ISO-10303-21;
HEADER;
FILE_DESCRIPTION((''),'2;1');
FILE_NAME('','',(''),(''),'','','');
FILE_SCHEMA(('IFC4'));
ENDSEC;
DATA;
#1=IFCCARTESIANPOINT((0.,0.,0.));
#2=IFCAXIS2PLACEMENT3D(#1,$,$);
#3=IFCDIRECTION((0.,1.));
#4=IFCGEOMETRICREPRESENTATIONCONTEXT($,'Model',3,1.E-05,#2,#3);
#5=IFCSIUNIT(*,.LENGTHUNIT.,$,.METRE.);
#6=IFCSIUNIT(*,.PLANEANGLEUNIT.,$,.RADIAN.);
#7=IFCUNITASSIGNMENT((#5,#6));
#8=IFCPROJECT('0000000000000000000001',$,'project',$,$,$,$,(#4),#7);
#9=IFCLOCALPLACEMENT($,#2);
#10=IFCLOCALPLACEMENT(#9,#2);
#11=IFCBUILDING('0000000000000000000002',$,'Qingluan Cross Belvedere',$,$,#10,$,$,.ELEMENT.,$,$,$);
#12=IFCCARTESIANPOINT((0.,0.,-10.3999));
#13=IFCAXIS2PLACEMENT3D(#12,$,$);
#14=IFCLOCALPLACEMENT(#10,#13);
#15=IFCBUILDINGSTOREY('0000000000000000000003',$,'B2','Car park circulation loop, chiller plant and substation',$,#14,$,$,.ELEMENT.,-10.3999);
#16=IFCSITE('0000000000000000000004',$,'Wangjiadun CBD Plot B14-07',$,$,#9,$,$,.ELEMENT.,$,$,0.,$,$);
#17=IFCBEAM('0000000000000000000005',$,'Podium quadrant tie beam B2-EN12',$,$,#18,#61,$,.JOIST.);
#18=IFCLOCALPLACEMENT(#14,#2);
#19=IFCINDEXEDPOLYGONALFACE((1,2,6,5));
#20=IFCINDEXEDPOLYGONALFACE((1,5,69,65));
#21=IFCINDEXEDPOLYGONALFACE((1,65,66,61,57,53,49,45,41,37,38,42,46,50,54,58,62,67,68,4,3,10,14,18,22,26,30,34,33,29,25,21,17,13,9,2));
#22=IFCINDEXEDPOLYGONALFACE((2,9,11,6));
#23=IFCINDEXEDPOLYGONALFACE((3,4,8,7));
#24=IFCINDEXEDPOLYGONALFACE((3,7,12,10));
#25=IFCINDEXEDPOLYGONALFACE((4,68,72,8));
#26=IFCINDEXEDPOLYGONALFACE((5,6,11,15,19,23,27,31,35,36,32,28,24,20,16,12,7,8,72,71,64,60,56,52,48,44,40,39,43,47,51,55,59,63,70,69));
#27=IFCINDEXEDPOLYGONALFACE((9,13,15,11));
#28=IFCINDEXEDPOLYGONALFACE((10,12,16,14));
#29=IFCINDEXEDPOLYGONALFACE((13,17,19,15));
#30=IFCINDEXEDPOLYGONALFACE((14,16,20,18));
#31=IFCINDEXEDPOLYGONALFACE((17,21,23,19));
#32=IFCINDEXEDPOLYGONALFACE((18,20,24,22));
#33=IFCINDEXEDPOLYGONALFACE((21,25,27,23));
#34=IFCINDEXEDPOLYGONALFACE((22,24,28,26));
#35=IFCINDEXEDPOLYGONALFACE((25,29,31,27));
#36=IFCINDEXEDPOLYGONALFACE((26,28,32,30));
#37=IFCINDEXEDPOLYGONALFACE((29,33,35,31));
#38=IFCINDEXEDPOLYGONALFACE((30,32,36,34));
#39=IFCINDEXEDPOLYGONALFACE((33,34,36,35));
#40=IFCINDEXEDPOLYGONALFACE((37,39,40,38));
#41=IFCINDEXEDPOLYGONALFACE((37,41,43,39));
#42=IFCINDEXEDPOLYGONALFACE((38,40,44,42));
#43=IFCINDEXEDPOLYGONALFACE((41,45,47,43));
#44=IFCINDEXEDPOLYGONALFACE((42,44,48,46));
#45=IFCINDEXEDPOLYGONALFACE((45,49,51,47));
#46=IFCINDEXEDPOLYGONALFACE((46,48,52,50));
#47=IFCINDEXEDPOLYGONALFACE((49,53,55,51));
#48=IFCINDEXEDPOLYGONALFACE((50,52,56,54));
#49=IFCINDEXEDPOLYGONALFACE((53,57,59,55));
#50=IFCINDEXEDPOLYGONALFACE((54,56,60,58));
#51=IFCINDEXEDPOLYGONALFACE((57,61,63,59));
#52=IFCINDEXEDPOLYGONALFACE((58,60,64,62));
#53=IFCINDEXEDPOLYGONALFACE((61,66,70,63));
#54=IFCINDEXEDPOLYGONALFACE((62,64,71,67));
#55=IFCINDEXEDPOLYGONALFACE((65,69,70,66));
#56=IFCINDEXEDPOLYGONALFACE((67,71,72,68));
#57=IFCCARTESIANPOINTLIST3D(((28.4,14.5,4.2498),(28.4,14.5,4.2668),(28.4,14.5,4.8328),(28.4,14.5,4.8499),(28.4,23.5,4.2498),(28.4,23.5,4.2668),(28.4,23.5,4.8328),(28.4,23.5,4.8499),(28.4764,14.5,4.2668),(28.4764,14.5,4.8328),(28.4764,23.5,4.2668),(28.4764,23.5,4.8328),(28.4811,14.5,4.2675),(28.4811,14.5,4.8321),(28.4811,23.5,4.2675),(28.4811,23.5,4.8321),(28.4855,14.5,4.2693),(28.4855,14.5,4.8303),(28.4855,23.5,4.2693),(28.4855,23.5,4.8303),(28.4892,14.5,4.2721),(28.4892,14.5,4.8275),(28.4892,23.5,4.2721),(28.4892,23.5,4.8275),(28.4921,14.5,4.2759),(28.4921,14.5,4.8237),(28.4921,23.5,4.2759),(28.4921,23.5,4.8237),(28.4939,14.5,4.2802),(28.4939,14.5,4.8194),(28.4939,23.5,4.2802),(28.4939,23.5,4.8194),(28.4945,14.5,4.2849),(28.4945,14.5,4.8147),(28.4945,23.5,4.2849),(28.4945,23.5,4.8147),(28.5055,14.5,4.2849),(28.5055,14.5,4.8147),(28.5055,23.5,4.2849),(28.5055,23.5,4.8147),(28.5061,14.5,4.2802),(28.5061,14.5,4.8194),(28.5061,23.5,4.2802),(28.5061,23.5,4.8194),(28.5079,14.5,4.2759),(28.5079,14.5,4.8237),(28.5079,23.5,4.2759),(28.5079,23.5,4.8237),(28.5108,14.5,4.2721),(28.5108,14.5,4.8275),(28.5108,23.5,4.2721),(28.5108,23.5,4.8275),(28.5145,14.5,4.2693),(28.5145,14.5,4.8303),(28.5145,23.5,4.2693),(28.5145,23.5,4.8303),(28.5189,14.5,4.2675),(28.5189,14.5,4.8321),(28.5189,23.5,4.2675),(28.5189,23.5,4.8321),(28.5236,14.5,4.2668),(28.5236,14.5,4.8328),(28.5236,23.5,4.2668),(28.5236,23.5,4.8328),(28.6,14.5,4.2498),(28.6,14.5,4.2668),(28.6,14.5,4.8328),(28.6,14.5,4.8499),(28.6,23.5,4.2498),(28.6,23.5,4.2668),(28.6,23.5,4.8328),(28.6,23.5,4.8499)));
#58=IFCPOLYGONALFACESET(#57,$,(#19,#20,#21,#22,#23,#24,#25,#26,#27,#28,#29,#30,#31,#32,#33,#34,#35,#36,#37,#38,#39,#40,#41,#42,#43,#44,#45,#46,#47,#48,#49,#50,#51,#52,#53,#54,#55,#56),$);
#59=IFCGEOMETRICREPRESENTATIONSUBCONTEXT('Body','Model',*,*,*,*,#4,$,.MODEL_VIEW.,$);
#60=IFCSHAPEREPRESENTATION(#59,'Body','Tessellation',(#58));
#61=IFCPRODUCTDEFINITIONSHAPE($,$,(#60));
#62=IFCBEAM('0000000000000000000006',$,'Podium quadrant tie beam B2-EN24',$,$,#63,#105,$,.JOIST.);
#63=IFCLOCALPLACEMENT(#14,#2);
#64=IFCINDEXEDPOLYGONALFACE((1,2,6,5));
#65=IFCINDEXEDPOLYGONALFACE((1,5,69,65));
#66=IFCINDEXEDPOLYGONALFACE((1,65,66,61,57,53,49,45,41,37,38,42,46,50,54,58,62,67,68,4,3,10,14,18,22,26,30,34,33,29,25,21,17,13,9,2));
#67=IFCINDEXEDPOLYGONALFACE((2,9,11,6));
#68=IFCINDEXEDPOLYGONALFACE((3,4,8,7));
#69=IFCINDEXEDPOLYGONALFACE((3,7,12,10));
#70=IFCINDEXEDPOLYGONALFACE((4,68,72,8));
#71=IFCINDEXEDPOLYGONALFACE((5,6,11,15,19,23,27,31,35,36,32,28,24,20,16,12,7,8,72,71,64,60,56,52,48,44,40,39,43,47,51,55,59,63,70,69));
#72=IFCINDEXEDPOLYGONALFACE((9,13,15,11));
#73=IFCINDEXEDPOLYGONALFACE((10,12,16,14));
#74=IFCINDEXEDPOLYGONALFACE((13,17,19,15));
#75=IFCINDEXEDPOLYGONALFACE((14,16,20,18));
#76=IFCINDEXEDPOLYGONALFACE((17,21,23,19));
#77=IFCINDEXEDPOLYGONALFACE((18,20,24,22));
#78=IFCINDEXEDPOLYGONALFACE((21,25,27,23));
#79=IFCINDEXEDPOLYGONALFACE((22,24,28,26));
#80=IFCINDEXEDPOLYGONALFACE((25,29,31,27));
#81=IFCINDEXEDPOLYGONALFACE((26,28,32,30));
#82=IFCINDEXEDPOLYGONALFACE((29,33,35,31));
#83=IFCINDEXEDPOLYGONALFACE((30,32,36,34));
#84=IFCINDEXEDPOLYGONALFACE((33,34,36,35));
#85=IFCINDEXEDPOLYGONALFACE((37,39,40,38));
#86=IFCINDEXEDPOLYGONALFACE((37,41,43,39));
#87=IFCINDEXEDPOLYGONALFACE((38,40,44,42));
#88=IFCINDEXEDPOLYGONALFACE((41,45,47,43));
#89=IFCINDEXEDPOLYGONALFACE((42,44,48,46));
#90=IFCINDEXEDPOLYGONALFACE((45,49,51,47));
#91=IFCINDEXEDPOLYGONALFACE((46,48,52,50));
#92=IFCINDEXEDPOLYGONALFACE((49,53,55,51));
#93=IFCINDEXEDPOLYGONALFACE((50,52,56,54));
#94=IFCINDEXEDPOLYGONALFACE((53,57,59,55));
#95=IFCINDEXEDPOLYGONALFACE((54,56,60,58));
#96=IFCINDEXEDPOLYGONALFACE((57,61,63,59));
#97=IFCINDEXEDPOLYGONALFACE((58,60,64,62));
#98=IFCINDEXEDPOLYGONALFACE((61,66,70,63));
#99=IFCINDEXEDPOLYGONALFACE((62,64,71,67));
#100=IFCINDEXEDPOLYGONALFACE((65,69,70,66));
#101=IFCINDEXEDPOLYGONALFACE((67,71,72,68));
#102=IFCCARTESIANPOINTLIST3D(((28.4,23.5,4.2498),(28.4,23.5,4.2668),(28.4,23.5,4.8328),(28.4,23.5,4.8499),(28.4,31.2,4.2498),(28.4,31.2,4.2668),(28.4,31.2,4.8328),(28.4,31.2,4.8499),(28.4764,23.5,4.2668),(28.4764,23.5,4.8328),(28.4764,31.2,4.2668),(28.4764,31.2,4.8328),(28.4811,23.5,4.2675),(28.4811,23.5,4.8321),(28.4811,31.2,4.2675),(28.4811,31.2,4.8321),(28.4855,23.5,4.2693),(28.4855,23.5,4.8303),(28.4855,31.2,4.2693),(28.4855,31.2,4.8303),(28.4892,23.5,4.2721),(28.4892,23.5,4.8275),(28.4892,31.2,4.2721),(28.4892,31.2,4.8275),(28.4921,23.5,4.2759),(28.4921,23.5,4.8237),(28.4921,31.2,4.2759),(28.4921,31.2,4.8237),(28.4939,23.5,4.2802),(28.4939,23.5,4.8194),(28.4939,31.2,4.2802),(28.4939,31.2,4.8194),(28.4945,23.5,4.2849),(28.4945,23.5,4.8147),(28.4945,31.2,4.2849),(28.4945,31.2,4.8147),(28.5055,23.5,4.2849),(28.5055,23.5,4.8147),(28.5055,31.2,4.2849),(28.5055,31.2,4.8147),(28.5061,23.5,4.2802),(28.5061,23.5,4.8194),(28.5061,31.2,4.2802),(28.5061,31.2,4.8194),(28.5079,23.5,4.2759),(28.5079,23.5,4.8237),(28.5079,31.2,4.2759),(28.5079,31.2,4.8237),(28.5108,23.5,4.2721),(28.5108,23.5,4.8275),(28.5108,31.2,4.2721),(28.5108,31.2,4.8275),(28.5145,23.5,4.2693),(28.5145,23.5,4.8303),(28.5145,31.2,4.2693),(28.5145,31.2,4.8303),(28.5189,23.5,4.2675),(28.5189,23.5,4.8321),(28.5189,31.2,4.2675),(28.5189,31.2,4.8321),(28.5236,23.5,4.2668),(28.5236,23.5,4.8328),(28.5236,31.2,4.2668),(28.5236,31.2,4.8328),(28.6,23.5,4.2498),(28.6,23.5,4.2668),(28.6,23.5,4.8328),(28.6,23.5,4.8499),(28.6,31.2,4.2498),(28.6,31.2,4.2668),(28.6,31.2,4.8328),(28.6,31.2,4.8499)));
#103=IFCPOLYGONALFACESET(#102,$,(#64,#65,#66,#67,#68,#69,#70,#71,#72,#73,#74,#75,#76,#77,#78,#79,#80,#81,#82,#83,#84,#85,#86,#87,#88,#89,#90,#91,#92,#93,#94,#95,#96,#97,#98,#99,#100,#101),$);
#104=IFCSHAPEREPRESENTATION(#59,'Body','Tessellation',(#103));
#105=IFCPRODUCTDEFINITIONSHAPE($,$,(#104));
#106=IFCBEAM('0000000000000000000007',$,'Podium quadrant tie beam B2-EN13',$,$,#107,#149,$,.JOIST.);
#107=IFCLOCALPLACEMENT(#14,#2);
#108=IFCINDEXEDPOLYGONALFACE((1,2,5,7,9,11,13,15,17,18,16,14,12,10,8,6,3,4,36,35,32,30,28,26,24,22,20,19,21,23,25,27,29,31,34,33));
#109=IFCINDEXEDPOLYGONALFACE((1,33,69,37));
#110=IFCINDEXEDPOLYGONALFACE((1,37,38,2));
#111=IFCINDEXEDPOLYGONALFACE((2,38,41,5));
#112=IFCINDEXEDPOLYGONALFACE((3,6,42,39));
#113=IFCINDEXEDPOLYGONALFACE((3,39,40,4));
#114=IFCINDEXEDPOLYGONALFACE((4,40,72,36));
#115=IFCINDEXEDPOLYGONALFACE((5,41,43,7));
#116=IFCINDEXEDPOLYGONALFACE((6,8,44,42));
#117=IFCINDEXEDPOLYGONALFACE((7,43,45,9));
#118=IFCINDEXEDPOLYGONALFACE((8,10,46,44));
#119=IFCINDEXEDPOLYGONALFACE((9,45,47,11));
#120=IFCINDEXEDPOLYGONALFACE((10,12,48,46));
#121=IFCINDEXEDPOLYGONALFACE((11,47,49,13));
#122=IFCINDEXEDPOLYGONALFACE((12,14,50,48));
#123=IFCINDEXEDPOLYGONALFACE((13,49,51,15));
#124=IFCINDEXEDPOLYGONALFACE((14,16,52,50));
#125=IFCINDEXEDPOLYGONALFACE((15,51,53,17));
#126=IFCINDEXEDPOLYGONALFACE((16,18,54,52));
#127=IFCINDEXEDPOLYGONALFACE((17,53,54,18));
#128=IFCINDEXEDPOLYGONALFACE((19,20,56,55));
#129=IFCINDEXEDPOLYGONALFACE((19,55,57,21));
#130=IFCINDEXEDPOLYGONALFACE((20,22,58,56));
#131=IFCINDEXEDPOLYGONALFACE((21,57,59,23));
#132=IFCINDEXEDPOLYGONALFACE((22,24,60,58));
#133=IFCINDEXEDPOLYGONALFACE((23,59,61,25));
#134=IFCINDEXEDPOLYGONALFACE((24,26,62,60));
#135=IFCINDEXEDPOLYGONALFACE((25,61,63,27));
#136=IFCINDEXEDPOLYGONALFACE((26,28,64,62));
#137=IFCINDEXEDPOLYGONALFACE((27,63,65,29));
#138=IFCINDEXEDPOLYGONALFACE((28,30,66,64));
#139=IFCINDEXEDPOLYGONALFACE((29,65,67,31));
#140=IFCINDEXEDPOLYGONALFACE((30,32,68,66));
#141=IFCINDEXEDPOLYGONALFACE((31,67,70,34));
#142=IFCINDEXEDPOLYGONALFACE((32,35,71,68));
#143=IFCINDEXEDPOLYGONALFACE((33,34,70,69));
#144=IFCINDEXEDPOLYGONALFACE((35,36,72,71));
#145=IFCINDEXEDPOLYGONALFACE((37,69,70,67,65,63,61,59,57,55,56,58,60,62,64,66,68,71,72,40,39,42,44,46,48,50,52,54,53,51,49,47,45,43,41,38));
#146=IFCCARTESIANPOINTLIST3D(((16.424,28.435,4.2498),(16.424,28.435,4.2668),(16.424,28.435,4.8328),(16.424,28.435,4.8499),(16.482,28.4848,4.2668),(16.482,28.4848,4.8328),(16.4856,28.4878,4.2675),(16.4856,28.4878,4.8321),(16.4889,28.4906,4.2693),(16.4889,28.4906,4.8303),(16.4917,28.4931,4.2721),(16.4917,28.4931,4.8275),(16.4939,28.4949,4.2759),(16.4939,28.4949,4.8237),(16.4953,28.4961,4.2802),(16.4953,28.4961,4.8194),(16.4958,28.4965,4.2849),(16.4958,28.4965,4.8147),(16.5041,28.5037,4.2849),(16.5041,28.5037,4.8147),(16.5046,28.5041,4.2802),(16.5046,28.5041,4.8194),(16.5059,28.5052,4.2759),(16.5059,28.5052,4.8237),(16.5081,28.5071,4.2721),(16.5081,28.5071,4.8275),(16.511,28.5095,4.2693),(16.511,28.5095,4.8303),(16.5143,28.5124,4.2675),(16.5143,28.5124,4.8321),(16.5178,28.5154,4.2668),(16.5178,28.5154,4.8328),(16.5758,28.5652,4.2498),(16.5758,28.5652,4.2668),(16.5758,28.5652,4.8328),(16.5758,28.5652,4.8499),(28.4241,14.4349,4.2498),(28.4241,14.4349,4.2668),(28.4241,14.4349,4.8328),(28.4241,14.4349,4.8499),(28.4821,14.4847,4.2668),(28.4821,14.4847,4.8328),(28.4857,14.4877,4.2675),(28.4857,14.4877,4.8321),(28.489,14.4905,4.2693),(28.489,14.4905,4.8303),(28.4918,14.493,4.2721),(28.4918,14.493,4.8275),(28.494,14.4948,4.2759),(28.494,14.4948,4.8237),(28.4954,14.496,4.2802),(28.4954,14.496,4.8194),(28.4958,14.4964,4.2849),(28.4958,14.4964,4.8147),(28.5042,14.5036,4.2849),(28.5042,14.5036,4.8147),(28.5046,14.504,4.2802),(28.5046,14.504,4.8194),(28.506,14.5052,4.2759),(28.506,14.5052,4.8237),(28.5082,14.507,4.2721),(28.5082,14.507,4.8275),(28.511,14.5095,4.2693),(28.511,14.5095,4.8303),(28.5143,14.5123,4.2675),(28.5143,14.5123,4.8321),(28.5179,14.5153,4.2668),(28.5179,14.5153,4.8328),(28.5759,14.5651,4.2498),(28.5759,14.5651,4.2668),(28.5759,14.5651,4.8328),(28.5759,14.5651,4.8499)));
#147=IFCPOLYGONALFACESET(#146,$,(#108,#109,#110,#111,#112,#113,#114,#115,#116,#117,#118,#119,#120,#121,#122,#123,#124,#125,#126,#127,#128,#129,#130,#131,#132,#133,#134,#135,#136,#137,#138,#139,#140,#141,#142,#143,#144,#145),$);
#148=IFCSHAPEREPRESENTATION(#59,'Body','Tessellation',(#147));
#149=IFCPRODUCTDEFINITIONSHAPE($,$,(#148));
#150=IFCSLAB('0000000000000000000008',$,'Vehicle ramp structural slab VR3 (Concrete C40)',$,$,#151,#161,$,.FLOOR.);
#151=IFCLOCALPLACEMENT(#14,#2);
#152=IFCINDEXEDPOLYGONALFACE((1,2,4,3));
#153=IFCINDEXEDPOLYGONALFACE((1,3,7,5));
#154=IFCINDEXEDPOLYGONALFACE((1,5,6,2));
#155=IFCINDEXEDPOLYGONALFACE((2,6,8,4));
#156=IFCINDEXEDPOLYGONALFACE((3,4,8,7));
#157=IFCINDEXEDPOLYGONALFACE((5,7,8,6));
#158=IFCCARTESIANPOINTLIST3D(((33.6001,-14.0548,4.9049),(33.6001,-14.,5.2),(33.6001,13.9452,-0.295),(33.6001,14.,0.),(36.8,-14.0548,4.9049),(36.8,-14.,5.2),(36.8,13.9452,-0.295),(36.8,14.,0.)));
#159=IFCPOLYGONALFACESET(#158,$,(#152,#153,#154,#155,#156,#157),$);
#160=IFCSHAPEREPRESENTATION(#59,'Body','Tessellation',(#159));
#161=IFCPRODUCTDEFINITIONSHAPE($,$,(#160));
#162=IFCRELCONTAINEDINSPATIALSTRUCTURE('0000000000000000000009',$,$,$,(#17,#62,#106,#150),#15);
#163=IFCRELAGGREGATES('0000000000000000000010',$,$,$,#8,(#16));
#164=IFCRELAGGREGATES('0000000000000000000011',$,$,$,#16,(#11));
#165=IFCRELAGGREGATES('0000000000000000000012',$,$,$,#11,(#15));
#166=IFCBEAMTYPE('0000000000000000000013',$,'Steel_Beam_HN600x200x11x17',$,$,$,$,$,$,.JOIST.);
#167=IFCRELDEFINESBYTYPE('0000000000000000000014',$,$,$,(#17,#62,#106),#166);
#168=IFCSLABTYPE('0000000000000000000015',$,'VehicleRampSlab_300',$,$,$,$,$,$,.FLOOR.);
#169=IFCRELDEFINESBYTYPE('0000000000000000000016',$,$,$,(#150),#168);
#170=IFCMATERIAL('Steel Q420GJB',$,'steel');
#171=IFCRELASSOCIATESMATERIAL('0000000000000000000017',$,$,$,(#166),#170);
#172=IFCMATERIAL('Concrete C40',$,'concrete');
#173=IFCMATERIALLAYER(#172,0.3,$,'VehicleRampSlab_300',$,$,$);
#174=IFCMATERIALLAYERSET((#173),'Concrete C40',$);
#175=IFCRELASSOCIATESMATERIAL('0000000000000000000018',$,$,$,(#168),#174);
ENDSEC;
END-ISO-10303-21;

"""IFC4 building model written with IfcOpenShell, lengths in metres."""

from ifc_helpers import new_model, si_unit, direction, frame, origin, origin_2d, place, context, subcontext, project, spatial, polyline, i_section, outline, extrude, material, layer, layer_set, material_profile, profile_set, type_object, element, save


model = new_model("IFC4")

# Units and contexts
model_context = context("Model", 3, precision=1e-05, world=origin(), true_north=direction((0.0, 1.0)))
body_context = subcontext(model_context, "Body", "Model", "MODEL_VIEW")
ifc_project = project(units=[si_unit("LENGTHUNIT", "METRE"), si_unit("PLANEANGLEUNIT", "RADIAN")], contexts=[model_context])

# Site, building, storey
site_placement = place(None, origin())
site = spatial("IfcSite", under=ifc_project, at=site_placement, Name="Wangjiadun CBD Plot B14-07", CompositionType="ELEMENT", RefElevation=0.0)
building_placement = place(site_placement, origin())
building = spatial("IfcBuilding", under=site, at=building_placement, Name="Qingluan Cross Belvedere", CompositionType="ELEMENT")
storey_placement = place(building_placement, frame((0.0, 0.0, -10.3999)))
storey = spatial("IfcBuildingStorey", under=building, at=storey_placement, Name="B2", Description="Car park circulation loop, chiller plant and substation", CompositionType="ELEMENT", Elevation=-10.3999)

# Beams
ifc_material_1 = material(Name="Steel Q420GJB", Category="steel")
ifc_material_profile_1 = material_profile(ifc_material_1, i_section(OverallWidth=0.2, OverallDepth=0.6001, WebThickness=0.011, FlangeThickness=0.0171, FilletRadius=0.0181, at=origin_2d()), Name="HN600x200x11x17")
ifc_profile_set_1 = profile_set([ifc_material_profile_1], Name="Steel Q420GJB")
beam_type = type_object("IfcBeamType", Name="Steel_Beam_HN600x200x11x17", PredefinedType="JOIST", material=ifc_profile_set_1)
beam_1_placement = place(storey_placement, frame((28.5, 14.5, 4.5498), z_axis=(0.0, 1.0, 0.0), x_axis=(-1.0, 0.0, 0.0)))
element("IfcBeam", 1, at=beam_1_placement, inside=storey, type_object=beam_type, Name="Podium quadrant tie beam B2-EN12", PredefinedType="JOIST", context=body_context, shape_type="SweptSolid", body=[
    extrude(i_section(OverallWidth=0.2, OverallDepth=0.6001, WebThickness=0.011, FlangeThickness=0.0171, FilletRadius=0.0181, at=origin_2d()), origin(), (0.0, 0.0, 1.0), 9.0),
])
beam_2_placement = place(storey_placement, frame((28.5, 23.5, 4.5498), z_axis=(0.0, 1.0, 0.0), x_axis=(-1.0, 0.0, 0.0)))
element("IfcBeam", 2, at=beam_2_placement, inside=storey, type_object=beam_type, Name="Podium quadrant tie beam B2-EN24", PredefinedType="JOIST", context=body_context, shape_type="SweptSolid", body=[
    extrude(i_section(OverallWidth=0.2, OverallDepth=0.6001, WebThickness=0.011, FlangeThickness=0.0171, FilletRadius=0.0181, at=origin_2d()), origin(), (0.0, 0.0, 1.0), 7.7),
])
beam_3_placement = place(storey_placement, frame((28.5, 14.5, 4.5498), z_axis=(-0.650791, 0.759257, 0.0), x_axis=(-0.759257, -0.650791, 0.0)))
element("IfcBeam", 3, at=beam_3_placement, inside=storey, type_object=beam_type, Name="Podium quadrant tie beam B2-EN13", PredefinedType="JOIST", context=body_context, shape_type="SweptSolid", body=[
    extrude(i_section(OverallWidth=0.2, OverallDepth=0.6001, WebThickness=0.011, FlangeThickness=0.0171, FilletRadius=0.0181, at=origin_2d()), origin(), (0.0, 0.0, 1.0), 18.4392),
])

# Slab
ifc_material_2 = material(Name="Concrete C40", Category="concrete")
ifc_layer = layer(ifc_material_2, 0.3, Name="VehicleRampSlab_300")
ifc_layer_set = layer_set([ifc_layer], Name="Concrete C40")
slab_type = type_object("IfcSlabType", Name="VehicleRampSlab_300", PredefinedType="FLOOR", material=ifc_layer_set)
slab_placement = place(storey_placement, frame((36.8, 14.0, 0.0), z_axis=(0.0, 0.182591, 0.983189), x_axis=(-1.0, 0.0, 0.0)))
element("IfcSlab", 4, at=slab_placement, inside=storey, type_object=slab_type, Name="Vehicle ramp structural slab VR3 (Concrete C40)", PredefinedType="FLOOR", context=body_context, shape_type="SweptSolid", body=[
    extrude(outline(polyline([(0.0, 0.0), (3.2, 0.0), (3.2, 28.4788), (0.0, 28.4788), (0.0, 0.0)])), origin(), (0.0, 0.0, -1.0), 0.3),
])

save(model, "model.ifc")
